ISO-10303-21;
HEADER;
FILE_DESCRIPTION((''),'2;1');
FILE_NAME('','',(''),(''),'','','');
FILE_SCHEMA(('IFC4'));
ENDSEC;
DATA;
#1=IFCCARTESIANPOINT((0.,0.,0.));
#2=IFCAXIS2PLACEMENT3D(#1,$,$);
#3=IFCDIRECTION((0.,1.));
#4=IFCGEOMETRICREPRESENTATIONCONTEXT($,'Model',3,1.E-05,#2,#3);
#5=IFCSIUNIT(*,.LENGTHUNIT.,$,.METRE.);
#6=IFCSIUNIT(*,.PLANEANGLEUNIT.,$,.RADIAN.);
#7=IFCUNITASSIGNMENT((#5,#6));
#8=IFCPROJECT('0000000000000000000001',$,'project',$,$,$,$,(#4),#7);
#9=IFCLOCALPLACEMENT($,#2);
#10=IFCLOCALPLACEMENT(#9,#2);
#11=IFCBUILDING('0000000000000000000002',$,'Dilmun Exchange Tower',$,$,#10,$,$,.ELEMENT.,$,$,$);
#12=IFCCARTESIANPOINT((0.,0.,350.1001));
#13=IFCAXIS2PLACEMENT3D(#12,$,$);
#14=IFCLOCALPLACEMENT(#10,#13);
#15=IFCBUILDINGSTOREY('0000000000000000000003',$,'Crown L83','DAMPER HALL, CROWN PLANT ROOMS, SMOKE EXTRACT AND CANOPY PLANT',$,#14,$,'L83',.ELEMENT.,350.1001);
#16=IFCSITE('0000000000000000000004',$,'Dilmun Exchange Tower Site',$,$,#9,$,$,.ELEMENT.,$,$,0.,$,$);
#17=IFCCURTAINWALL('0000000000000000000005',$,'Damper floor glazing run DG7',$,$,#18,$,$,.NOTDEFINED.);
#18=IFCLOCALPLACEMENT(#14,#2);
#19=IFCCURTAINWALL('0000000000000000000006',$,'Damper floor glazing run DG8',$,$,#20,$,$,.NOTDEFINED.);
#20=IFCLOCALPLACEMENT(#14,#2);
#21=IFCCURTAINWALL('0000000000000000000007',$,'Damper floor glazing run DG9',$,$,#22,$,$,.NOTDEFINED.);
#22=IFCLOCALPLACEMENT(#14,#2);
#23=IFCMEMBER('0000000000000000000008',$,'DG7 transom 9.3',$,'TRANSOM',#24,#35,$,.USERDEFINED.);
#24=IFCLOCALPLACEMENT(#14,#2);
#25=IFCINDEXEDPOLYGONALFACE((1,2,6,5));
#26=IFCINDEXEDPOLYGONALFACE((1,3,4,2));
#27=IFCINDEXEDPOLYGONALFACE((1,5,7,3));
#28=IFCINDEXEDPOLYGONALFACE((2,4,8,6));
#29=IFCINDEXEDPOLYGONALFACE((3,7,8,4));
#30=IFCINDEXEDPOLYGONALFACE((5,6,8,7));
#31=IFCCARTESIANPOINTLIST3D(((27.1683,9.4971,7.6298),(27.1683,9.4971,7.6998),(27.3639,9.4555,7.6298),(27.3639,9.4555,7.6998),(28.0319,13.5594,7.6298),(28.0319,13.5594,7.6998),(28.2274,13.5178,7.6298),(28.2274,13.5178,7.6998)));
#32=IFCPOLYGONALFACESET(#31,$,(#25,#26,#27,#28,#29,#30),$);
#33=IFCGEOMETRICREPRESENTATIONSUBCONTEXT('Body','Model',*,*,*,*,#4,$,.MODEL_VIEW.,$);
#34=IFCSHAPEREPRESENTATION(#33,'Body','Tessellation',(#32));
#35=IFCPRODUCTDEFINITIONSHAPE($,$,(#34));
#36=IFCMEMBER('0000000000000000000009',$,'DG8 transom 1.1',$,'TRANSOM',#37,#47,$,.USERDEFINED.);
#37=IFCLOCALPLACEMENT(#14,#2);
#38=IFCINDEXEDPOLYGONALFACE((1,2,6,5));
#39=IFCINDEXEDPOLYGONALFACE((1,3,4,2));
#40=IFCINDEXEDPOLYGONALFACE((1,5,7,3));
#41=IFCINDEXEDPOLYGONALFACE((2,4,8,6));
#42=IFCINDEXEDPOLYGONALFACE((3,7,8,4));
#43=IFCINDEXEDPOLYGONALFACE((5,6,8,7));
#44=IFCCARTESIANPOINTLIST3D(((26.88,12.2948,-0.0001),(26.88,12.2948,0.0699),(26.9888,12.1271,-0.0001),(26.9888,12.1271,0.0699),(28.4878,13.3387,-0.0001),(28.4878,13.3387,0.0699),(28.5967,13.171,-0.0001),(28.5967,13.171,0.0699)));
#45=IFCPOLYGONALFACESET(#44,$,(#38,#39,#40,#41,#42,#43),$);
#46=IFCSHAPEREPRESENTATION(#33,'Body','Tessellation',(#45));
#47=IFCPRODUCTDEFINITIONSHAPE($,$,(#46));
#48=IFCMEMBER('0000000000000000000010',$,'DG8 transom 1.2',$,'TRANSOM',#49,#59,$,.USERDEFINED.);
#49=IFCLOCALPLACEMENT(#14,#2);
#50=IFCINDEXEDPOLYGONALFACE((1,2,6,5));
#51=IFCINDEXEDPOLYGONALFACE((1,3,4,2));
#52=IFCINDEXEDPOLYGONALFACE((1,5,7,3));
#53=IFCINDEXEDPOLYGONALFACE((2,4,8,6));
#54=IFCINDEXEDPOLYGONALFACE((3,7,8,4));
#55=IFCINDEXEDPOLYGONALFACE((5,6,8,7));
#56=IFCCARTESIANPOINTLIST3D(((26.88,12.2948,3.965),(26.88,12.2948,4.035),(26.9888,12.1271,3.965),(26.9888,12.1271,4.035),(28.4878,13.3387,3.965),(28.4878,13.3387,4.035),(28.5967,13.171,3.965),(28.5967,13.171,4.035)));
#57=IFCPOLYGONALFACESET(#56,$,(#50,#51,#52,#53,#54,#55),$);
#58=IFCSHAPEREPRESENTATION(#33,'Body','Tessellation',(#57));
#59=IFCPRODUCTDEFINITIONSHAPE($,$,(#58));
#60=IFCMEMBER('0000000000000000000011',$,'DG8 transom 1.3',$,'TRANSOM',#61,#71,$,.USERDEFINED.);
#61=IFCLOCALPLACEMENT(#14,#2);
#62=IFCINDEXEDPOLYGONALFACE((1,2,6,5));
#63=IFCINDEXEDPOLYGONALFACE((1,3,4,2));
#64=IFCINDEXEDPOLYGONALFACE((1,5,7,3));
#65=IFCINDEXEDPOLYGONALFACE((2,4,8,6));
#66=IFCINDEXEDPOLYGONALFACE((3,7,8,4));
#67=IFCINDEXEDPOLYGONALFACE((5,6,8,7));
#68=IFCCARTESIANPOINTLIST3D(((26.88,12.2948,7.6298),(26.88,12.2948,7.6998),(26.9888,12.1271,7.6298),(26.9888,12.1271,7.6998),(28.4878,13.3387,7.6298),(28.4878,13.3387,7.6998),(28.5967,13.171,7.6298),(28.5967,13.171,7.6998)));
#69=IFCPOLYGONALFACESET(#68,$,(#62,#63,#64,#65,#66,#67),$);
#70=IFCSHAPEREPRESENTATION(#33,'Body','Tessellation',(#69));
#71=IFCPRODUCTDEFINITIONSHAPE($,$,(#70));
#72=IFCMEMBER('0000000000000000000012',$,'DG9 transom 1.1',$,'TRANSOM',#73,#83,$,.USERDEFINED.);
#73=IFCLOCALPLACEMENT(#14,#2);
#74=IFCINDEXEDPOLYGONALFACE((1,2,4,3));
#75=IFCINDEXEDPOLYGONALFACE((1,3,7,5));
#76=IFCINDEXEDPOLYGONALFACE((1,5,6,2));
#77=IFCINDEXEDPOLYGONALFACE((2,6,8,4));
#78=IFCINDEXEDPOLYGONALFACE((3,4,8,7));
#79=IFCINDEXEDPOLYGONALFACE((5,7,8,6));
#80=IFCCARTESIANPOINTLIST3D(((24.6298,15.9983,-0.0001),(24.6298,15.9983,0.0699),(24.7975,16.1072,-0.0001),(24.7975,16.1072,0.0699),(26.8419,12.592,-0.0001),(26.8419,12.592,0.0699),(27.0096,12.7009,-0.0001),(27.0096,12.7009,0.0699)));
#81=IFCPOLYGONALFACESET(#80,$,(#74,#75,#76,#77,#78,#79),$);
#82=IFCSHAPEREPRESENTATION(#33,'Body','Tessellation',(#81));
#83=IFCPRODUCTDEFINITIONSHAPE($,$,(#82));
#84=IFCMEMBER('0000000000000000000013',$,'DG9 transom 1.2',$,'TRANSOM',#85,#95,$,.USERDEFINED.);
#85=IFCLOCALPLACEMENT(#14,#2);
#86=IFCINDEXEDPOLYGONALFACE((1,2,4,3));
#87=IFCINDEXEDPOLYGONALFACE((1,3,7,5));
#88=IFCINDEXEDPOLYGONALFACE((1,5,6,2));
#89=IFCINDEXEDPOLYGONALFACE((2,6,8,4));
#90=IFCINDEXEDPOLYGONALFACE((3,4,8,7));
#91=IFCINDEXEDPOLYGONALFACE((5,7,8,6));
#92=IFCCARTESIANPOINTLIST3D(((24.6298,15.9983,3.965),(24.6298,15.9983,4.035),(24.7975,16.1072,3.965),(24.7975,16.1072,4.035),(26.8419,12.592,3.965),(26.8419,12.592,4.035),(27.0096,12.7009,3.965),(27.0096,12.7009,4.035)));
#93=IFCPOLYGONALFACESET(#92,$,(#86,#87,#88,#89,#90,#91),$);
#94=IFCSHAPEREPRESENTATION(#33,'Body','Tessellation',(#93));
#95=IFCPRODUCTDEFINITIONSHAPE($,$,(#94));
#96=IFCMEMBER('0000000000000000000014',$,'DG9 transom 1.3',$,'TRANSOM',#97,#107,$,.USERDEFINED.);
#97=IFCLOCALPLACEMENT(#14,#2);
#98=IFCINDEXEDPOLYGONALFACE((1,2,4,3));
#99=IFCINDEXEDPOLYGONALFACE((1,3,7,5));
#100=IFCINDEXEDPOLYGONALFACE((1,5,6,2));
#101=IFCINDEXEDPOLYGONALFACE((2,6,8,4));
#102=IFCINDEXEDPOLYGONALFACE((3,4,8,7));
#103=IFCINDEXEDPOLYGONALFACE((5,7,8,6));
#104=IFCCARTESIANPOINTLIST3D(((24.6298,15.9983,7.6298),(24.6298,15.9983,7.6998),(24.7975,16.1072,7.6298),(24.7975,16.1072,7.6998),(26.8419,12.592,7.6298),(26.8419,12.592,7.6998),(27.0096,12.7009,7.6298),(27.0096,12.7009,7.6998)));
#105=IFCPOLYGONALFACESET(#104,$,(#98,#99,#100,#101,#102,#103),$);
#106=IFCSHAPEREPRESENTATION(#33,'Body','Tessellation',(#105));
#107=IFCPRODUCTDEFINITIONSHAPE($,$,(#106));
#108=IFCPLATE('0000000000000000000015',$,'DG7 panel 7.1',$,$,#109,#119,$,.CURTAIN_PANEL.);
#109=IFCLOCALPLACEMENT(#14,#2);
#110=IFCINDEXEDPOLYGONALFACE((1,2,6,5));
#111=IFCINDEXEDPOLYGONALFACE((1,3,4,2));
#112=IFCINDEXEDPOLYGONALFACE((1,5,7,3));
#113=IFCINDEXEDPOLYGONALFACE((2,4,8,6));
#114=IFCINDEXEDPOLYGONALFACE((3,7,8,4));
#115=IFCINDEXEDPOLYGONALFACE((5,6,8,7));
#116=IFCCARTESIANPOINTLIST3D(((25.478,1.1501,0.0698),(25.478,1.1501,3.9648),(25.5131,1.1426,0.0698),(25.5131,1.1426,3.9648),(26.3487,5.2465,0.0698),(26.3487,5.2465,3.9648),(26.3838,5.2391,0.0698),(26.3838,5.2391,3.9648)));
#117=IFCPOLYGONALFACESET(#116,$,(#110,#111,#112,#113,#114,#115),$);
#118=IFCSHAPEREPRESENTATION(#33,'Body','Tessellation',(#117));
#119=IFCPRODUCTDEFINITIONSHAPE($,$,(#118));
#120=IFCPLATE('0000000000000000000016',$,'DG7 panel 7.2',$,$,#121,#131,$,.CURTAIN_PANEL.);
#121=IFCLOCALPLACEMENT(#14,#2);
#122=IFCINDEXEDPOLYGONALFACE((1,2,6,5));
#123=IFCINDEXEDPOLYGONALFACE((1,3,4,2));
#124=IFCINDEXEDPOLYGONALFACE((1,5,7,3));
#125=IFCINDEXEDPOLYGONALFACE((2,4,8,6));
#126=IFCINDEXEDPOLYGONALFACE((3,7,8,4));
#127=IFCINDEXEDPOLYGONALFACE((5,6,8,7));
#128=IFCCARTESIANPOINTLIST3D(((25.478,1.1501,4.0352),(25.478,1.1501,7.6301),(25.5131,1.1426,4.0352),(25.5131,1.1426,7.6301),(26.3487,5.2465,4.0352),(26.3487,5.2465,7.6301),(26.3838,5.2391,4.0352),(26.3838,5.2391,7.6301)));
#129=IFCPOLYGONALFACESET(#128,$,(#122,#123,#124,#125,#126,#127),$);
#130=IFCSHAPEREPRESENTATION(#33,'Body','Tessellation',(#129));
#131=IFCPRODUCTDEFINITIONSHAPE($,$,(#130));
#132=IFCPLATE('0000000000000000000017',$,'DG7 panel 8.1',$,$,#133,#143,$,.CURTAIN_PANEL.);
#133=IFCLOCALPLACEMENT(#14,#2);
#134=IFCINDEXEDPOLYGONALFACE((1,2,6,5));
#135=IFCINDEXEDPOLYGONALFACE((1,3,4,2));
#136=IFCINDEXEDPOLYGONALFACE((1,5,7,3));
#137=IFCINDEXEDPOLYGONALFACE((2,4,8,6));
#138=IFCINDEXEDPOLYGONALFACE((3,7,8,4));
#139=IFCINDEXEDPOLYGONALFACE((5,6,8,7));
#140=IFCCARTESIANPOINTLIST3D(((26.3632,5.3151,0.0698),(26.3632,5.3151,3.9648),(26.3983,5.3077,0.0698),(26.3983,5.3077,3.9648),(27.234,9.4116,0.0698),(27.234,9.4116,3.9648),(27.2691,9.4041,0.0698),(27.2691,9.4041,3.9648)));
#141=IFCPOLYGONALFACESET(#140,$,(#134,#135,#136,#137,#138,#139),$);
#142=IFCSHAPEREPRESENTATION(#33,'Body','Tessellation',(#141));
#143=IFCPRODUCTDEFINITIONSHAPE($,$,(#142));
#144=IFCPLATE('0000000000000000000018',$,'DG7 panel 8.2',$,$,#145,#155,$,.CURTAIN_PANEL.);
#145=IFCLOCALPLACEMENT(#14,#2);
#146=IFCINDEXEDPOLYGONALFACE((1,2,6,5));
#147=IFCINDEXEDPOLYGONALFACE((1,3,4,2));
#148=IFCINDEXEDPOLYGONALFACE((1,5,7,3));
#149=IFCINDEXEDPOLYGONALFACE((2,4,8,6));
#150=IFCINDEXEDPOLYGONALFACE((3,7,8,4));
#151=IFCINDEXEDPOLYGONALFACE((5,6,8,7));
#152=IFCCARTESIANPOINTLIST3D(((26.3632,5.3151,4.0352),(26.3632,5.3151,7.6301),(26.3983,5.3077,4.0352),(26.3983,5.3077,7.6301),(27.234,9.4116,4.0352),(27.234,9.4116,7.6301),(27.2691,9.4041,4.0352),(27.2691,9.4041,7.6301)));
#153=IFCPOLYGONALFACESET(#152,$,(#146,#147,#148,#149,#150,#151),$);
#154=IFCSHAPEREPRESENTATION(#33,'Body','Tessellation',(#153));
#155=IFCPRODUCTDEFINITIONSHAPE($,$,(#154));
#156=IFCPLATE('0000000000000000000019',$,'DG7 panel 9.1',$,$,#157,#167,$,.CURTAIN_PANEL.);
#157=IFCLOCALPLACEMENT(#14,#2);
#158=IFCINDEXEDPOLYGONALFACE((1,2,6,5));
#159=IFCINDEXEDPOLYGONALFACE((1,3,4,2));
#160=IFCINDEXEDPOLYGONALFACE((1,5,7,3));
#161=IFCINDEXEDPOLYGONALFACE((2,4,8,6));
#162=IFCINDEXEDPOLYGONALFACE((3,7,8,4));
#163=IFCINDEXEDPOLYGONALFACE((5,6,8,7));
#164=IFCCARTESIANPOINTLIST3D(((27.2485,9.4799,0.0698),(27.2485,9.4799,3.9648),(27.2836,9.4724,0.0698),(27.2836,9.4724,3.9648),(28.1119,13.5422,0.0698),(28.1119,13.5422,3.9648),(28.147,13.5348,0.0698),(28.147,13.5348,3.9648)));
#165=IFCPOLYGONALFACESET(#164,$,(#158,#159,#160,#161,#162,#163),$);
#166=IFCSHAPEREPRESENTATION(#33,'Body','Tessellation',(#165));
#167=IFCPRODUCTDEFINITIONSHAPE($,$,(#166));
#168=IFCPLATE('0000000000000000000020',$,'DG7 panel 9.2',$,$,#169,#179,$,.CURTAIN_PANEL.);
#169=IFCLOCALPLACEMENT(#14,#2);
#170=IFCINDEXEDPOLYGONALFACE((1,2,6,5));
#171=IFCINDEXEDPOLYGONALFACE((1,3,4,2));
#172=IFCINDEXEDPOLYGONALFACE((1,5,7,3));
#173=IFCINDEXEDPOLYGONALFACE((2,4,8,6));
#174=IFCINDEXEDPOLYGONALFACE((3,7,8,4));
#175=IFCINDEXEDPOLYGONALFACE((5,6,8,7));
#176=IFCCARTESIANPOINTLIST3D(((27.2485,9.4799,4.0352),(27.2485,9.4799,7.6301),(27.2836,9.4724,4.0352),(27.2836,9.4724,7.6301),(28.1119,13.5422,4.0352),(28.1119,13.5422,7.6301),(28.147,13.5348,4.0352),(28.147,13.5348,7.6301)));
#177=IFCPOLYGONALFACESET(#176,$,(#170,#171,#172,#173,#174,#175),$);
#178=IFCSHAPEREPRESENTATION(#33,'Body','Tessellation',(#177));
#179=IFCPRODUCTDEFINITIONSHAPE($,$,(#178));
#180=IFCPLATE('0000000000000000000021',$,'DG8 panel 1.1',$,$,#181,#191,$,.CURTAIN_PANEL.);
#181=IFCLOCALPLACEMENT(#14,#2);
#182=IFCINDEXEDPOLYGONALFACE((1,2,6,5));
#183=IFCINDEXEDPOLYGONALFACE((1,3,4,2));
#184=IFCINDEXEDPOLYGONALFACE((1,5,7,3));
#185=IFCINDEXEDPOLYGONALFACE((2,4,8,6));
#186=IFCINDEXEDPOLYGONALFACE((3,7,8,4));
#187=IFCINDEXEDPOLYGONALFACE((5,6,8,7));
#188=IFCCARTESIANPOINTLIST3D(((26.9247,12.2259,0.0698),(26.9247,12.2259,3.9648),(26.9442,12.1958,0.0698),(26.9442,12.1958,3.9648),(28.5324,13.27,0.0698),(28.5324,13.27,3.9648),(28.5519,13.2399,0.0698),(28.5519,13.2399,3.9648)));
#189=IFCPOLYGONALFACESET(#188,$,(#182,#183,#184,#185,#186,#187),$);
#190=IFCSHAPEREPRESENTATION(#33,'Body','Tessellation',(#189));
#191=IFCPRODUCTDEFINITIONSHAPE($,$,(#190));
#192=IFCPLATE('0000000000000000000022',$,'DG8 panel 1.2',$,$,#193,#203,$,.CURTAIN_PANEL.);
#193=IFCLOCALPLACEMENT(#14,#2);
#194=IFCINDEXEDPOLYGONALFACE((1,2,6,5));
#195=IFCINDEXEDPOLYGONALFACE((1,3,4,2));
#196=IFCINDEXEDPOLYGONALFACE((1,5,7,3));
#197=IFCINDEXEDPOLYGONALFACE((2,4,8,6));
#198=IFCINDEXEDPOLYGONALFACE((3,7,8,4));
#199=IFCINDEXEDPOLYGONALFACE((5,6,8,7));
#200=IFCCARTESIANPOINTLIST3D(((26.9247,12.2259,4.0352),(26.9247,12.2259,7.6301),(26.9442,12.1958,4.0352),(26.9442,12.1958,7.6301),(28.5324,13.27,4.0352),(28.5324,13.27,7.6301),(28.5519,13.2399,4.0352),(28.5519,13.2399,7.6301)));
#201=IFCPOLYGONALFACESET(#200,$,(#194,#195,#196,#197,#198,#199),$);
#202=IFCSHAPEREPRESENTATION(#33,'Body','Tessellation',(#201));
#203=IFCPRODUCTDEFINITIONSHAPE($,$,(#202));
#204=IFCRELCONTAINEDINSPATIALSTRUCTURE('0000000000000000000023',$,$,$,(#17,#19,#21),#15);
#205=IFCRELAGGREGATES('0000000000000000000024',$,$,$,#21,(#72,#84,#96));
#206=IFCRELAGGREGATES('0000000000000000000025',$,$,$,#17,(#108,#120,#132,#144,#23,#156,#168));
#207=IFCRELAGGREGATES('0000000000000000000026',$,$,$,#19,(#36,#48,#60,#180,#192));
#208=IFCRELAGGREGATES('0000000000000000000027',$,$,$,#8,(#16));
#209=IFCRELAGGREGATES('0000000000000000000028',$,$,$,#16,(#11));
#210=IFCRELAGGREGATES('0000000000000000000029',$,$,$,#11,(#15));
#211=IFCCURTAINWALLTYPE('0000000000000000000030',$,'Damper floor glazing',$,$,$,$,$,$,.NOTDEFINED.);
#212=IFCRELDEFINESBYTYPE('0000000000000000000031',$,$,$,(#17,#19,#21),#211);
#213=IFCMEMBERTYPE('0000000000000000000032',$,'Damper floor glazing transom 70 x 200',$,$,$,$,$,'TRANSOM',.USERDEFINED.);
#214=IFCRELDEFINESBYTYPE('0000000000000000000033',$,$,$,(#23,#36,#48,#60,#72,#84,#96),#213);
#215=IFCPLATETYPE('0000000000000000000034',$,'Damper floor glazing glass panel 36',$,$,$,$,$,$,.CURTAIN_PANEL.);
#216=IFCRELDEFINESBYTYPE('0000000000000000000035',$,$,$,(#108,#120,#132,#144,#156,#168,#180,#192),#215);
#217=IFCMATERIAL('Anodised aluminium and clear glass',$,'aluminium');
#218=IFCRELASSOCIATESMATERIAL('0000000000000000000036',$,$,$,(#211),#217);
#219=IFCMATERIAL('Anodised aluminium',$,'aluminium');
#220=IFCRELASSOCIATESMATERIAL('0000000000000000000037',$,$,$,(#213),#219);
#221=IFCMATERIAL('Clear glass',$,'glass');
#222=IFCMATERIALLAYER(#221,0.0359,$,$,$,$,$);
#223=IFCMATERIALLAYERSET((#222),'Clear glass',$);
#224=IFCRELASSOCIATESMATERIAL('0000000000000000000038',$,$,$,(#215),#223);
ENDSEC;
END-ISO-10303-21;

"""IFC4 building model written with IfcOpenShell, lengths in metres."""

from ifc_helpers import new_model, si_unit, direction, frame, origin, origin_2d, place, context, subcontext, project, spatial, rectangle, extrude, material, layer, layer_set, material_profile, profile_set, type_object, element, aggregate, save


model = new_model("IFC4")

# Units and contexts
model_context = context("Model", 3, precision=1e-05, world=origin(), true_north=direction((0.0, 1.0)))
body_context = subcontext(model_context, "Body", "Model", "MODEL_VIEW")
ifc_project = project(units=[si_unit("LENGTHUNIT", "METRE"), si_unit("PLANEANGLEUNIT", "RADIAN")], contexts=[model_context])

# Site, building, storey
site_placement = place(None, origin())
site = spatial("IfcSite", under=ifc_project, at=site_placement, Name="Dilmun Exchange Tower Site", CompositionType="ELEMENT", RefElevation=0.0)
building_placement = place(site_placement, origin())
building = spatial("IfcBuilding", under=site, at=building_placement, Name="Dilmun Exchange Tower", CompositionType="ELEMENT")
storey_placement = place(building_placement, frame((0.0, 0.0, 350.1001)))
storey = spatial("IfcBuildingStorey", under=building, at=storey_placement, Name="Crown L83", Description="DAMPER HALL, CROWN PLANT ROOMS, SMOKE EXTRACT AND CANOPY PLANT", LongName="L83", CompositionType="ELEMENT", Elevation=350.1001)

# Curtain walls
ifc_material_1 = material(Name="Anodised aluminium and clear glass", Category="aluminium")
curtain_wall_type = type_object("IfcCurtainWallType", Name="Damper floor glazing", PredefinedType="NOTDEFINED", material=ifc_material_1)
curtain_wall_1_placement = place(storey_placement, origin())
curtain_wall_1 = element("IfcCurtainWall", 1, at=curtain_wall_1_placement, inside=storey, type_object=curtain_wall_type, Name="Damper floor glazing run DG7", PredefinedType="NOTDEFINED")
ifc_material_2 = material(Name="Anodised aluminium", Category="aluminium")
curtain_wall_2_placement = place(storey_placement, origin())
curtain_wall_2 = element("IfcCurtainWall", 2, at=curtain_wall_2_placement, inside=storey, type_object=curtain_wall_type, Name="Damper floor glazing run DG8", PredefinedType="NOTDEFINED")

# Curtain wall
curtain_wall_3_placement = place(storey_placement, origin())
curtain_wall_3 = element("IfcCurtainWall", 3, at=curtain_wall_3_placement, inside=storey, type_object=curtain_wall_type, Name="Damper floor glazing run DG9", PredefinedType="NOTDEFINED")

# Members
ifc_material_profile_1 = material_profile(ifc_material_2, rectangle(XDim=0.2, YDim=0.0701, at=origin_2d()), Name="AL 70x200")
ifc_profile_set_1 = profile_set([ifc_material_profile_1], Name="Anodised aluminium")
member_type_1 = type_object("IfcMemberType", Name="Damper floor glazing transom 70 x 200", ElementType="TRANSOM", PredefinedType="USERDEFINED", material=ifc_profile_set_1)
member_1_placement = place(storey_placement, frame((27.2661, 9.4763, 7.6648), z_axis=(0.207927, 0.978144, 0.0), x_axis=(-0.978144, 0.207927, 0.0)))
member_1 = element("IfcMember", 4, at=member_1_placement, type_object=member_type_1, Name="DG7 transom 9.3", ObjectType="TRANSOM", PredefinedType="USERDEFINED", context=body_context, shape_type="SweptSolid", body=[
    extrude(rectangle(XDim=0.2, YDim=0.0701, at=origin_2d()), origin(), (0.0, 0.0, 1.0), 4.1531),
])
member_2_placement = place(storey_placement, frame((28.5422, 13.2549, 0.0349), z_axis=(-0.838729, -0.54455, 0.0), x_axis=(0.54455, -0.838729, 0.0)))
member_2 = element("IfcMember", 5, at=member_2_placement, type_object=member_type_1, Name="DG8 transom 1.1", ObjectType="TRANSOM", PredefinedType="USERDEFINED", context=body_context, shape_type="SweptSolid", body=[
    extrude(rectangle(XDim=0.2, YDim=0.0701, at=origin_2d()), origin(), (0.0, 0.0, 1.0), 1.917),
])
member_3_placement = place(storey_placement, frame((28.5422, 13.2549, 4.0), z_axis=(-0.838729, -0.54455, 0.0), x_axis=(0.54455, -0.838729, 0.0)))
member_3 = element("IfcMember", 6, at=member_3_placement, type_object=member_type_1, Name="DG8 transom 1.2", ObjectType="TRANSOM", PredefinedType="USERDEFINED", context=body_context, shape_type="SweptSolid", body=[
    extrude(rectangle(XDim=0.2, YDim=0.0701, at=origin_2d()), origin(), (0.0, 0.0, 1.0), 1.917),
])
member_4_placement = place(storey_placement, frame((28.5422, 13.2549, 7.6648), z_axis=(-0.838729, -0.54455, 0.0), x_axis=(0.54455, -0.838729, 0.0)))
member_4 = element("IfcMember", 7, at=member_4_placement, type_object=member_type_1, Name="DG8 transom 1.3", ObjectType="TRANSOM", PredefinedType="USERDEFINED", context=body_context, shape_type="SweptSolid", body=[
    extrude(rectangle(XDim=0.2, YDim=0.0701, at=origin_2d()), origin(), (0.0, 0.0, 1.0), 1.917),
])
member_5_placement = place(storey_placement, frame((26.9258, 12.6465, 0.0349), z_axis=(-0.544659, 0.838658, 0.0), x_axis=(-0.838658, -0.544659, 0.0)))
member_5 = element("IfcMember", 8, at=member_5_placement, type_object=member_type_1, Name="DG9 transom 1.1", ObjectType="TRANSOM", PredefinedType="USERDEFINED", context=body_context, shape_type="SweptSolid", body=[
    extrude(rectangle(XDim=0.2, YDim=0.0701, at=origin_2d()), origin(), (0.0, 0.0, 1.0), 4.0615),
])
member_6_placement = place(storey_placement, frame((26.9258, 12.6465, 4.0), z_axis=(-0.544659, 0.838658, 0.0), x_axis=(-0.838658, -0.544659, 0.0)))
member_6 = element("IfcMember", 9, at=member_6_placement, type_object=member_type_1, Name="DG9 transom 1.2", ObjectType="TRANSOM", PredefinedType="USERDEFINED", context=body_context, shape_type="SweptSolid", body=[
    extrude(rectangle(XDim=0.2, YDim=0.0701, at=origin_2d()), origin(), (0.0, 0.0, 1.0), 4.0615),
])
member_7_placement = place(storey_placement, frame((26.9258, 12.6465, 7.6648), z_axis=(-0.544659, 0.838658, 0.0), x_axis=(-0.838658, -0.544659, 0.0)))
member_7 = element("IfcMember", 10, at=member_7_placement, type_object=member_type_1, Name="DG9 transom 1.3", ObjectType="TRANSOM", PredefinedType="USERDEFINED", context=body_context, shape_type="SweptSolid", body=[
    extrude(rectangle(XDim=0.2, YDim=0.0701, at=origin_2d()), origin(), (0.0, 0.0, 1.0), 4.0615),
])
aggregate(curtain_wall_3, [member_5, member_6, member_7])

# Plates
ifc_material_3 = material(Name="Clear glass", Category="glass")
ifc_layer = layer(ifc_material_3, 0.0359)
ifc_layer_set = layer_set([ifc_layer], Name="Clear glass")
plate_type = type_object("IfcPlateType", Name="Damper floor glazing glass panel 36", PredefinedType="CURTAIN_PANEL", material=ifc_layer_set)
plate_1_placement = place(storey_placement, frame((25.9309, 3.1946, 0.0698), z_axis=(0.0, 0.0, 1.0), x_axis=(0.207913, 0.978147, 0.0)))
plate_1 = element("IfcPlate", 11, at=plate_1_placement, type_object=plate_type, Name="DG7 panel 7.1", PredefinedType="CURTAIN_PANEL", context=body_context, shape_type="SweptSolid", body=[
    extrude(rectangle(XDim=4.188, YDim=0.0359, at=origin_2d()), origin(), (0.0, 0.0, 1.0), 3.895),
])
plate_2_placement = place(storey_placement, frame((25.9309, 3.1946, 4.0352), z_axis=(0.0, 0.0, 1.0), x_axis=(0.207913, 0.978147, 0.0)))
plate_2 = element("IfcPlate", 12, at=plate_2_placement, type_object=plate_type, Name="DG7 panel 7.2", PredefinedType="CURTAIN_PANEL", context=body_context, shape_type="SweptSolid", body=[
    extrude(rectangle(XDim=4.188, YDim=0.0359, at=origin_2d()), origin(), (0.0, 0.0, 1.0), 3.595),
])
plate_3_placement = place(storey_placement, frame((26.8162, 7.3596, 0.0698), z_axis=(0.0, 0.0, 1.0), x_axis=(0.207913, 0.978147, 0.0)))
plate_3 = element("IfcPlate", 13, at=plate_3_placement, type_object=plate_type, Name="DG7 panel 8.1", PredefinedType="CURTAIN_PANEL", context=body_context, shape_type="SweptSolid", body=[
    extrude(rectangle(XDim=4.188, YDim=0.0359, at=origin_2d()), origin(), (0.0, 0.0, 1.0), 3.895),
])
plate_4_placement = place(storey_placement, frame((26.8162, 7.3596, 4.0352), z_axis=(0.0, 0.0, 1.0), x_axis=(0.207913, 0.978147, 0.0)))
plate_4 = element("IfcPlate", 14, at=plate_4_placement, type_object=plate_type, Name="DG7 panel 8.2", PredefinedType="CURTAIN_PANEL", context=body_context, shape_type="SweptSolid", body=[
    extrude(rectangle(XDim=4.188, YDim=0.0359, at=origin_2d()), origin(), (0.0, 0.0, 1.0), 3.595),
])
plate_5_placement = place(storey_placement, frame((27.6978, 11.5073, 0.0698), z_axis=(0.0, 0.0, 1.0), x_axis=(0.207913, 0.978147, 0.0)))
plate_5 = element("IfcPlate", 15, at=plate_5_placement, type_object=plate_type, Name="DG7 panel 9.1", PredefinedType="CURTAIN_PANEL", context=body_context, shape_type="SweptSolid", body=[
    extrude(rectangle(XDim=4.1531, YDim=0.0359, at=origin_2d()), origin(), (0.0, 0.0, 1.0), 3.895),
])
plate_6_placement = place(storey_placement, frame((27.6978, 11.5073, 4.0352), z_axis=(0.0, 0.0, 1.0), x_axis=(0.207913, 0.978147, 0.0)))
plate_6 = element("IfcPlate", 16, at=plate_6_placement, type_object=plate_type, Name="DG7 panel 9.2", PredefinedType="CURTAIN_PANEL", context=body_context, shape_type="SweptSolid", body=[
    extrude(rectangle(XDim=4.1531, YDim=0.0359, at=origin_2d()), origin(), (0.0, 0.0, 1.0), 3.595),
])
aggregate(curtain_wall_1, [plate_1, plate_2, plate_3, plate_4, member_1, plate_5, plate_6])
plate_7_placement = place(storey_placement, frame((27.7383, 12.7329, 0.0698), z_axis=(0.0, 0.0, 1.0), x_axis=(-0.838661, -0.544653, 0.0)))
plate_7 = element("IfcPlate", 17, at=plate_7_placement, type_object=plate_type, Name="DG8 panel 1.1", PredefinedType="CURTAIN_PANEL", context=body_context, shape_type="SweptSolid", body=[
    extrude(rectangle(XDim=1.917, YDim=0.0359, at=origin_2d()), origin(), (0.0, 0.0, 1.0), 3.895),
])
plate_8_placement = place(storey_placement, frame((27.7383, 12.7329, 4.0352), z_axis=(0.0, 0.0, 1.0), x_axis=(-0.838661, -0.544653, 0.0)))
plate_8 = element("IfcPlate", 18, at=plate_8_placement, type_object=plate_type, Name="DG8 panel 1.2", PredefinedType="CURTAIN_PANEL", context=body_context, shape_type="SweptSolid", body=[
    extrude(rectangle(XDim=1.917, YDim=0.0359, at=origin_2d()), origin(), (0.0, 0.0, 1.0), 3.595),
])
aggregate(curtain_wall_2, [member_2, member_3, member_4, plate_7, plate_8])

save(model, "model.ifc")
